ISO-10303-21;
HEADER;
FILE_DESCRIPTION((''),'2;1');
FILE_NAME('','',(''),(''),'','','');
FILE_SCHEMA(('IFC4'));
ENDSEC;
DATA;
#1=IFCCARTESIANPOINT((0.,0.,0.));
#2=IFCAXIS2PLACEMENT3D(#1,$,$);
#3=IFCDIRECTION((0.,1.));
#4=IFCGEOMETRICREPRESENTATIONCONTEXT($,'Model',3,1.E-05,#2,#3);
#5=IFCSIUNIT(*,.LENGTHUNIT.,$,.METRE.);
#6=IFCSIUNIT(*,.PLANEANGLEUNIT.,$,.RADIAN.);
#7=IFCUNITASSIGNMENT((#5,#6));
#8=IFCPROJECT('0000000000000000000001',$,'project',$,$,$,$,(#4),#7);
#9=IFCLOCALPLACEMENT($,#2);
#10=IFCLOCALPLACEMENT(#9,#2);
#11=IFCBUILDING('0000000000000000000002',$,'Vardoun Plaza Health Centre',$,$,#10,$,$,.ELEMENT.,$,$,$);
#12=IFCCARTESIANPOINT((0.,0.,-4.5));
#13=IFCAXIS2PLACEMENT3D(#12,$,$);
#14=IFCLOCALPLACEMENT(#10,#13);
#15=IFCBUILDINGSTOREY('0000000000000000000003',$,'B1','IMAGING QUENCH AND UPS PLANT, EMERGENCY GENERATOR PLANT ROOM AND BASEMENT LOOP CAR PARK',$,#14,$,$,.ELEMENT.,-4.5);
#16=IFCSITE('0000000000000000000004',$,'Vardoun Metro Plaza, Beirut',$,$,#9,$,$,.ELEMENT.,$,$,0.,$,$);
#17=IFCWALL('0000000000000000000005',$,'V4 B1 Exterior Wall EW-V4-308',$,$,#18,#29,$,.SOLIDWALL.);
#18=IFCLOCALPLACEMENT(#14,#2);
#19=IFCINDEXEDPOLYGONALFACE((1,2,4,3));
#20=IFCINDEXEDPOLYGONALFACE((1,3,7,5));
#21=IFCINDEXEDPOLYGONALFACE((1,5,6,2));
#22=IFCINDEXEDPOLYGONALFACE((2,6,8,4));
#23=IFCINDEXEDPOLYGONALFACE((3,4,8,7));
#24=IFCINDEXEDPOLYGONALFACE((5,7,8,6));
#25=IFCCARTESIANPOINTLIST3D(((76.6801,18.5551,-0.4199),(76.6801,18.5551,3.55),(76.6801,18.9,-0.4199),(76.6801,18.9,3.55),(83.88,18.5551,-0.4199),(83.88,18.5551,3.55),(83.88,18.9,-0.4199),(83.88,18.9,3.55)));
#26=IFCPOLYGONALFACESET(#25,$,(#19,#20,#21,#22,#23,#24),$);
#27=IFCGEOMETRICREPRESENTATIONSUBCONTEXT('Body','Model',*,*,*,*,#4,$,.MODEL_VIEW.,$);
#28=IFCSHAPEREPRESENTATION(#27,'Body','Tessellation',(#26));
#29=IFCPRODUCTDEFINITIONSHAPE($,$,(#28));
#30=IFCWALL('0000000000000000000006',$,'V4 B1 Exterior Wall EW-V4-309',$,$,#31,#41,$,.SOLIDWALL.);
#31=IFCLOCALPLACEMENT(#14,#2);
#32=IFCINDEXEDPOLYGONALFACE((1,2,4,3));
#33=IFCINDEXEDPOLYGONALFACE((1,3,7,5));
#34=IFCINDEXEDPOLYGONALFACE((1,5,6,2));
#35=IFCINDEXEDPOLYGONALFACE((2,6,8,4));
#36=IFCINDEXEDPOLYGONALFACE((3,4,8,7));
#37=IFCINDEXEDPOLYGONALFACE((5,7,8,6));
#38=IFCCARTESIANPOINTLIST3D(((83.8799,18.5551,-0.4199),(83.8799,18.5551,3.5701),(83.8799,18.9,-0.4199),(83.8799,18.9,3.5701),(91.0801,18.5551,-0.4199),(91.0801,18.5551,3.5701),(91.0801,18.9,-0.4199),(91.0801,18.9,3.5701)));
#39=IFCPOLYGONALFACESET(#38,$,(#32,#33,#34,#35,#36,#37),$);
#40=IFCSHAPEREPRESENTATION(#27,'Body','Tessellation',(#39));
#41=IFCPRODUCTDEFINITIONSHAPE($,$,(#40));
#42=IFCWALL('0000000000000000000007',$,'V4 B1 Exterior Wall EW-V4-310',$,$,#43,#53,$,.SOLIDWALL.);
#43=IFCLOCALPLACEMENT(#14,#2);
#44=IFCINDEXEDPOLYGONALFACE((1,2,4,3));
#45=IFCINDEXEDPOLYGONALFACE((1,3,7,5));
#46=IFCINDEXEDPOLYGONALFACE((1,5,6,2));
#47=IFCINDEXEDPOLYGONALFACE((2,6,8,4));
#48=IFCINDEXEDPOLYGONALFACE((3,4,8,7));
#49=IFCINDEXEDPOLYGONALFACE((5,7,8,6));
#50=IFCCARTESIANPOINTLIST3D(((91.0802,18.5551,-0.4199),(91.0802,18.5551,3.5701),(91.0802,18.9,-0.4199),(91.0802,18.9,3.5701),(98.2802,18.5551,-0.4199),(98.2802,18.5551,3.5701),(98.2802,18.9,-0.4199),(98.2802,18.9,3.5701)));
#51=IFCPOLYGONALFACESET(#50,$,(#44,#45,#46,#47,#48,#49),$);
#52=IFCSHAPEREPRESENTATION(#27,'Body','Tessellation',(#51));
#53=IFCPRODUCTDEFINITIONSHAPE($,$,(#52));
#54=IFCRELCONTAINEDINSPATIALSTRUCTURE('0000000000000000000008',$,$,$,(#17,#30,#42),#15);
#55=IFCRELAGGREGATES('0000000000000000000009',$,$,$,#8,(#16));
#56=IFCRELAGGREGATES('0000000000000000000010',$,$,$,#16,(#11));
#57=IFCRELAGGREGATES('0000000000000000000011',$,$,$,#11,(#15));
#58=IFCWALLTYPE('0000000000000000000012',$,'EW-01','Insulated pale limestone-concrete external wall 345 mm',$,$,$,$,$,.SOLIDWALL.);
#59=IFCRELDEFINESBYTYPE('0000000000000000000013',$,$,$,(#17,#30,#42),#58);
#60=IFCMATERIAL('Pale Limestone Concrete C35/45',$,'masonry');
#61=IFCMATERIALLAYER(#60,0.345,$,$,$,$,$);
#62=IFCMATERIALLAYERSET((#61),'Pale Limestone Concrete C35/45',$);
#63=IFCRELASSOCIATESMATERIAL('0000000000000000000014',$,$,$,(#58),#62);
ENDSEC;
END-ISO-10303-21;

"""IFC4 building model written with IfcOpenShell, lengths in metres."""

from ifc_helpers import new_model, si_unit, direction, frame, frame_2d, origin, place, context, subcontext, project, spatial, rectangle, extrude, material, layer, layer_set, type_object, element, save


model = new_model("IFC4")

# Units and contexts
model_context = context("Model", 3, precision=1e-05, world=origin(), true_north=direction((0.0, 1.0)))
body_context = subcontext(model_context, "Body", "Model", "MODEL_VIEW")
ifc_project = project(units=[si_unit("LENGTHUNIT", "METRE"), si_unit("PLANEANGLEUNIT", "RADIAN")], contexts=[model_context])

# Site, building, storey
site_placement = place(None, origin())
site = spatial("IfcSite", under=ifc_project, at=site_placement, Name="Vardoun Metro Plaza, Beirut", CompositionType="ELEMENT", RefElevation=0.0)
building_placement = place(site_placement, origin())
building = spatial("IfcBuilding", under=site, at=building_placement, Name="Vardoun Plaza Health Centre", CompositionType="ELEMENT")
storey_placement = place(building_placement, frame((0.0, 0.0, -4.5)))
storey = spatial("IfcBuildingStorey", under=building, at=storey_placement, Name="B1", Description="IMAGING QUENCH AND UPS PLANT, EMERGENCY GENERATOR PLANT ROOM AND BASEMENT LOOP CAR PARK", CompositionType="ELEMENT", Elevation=-4.5)

# Walls
ifc_material_1 = material(Name="Pale Limestone Concrete C35/45", Category="masonry")
ifc_layer_1 = layer(ifc_material_1, 0.345)
ifc_layer_set_1 = layer_set([ifc_layer_1], Name="Pale Limestone Concrete C35/45")
wall_type_1 = type_object("IfcWallType", Name="EW-01", Description="Insulated pale limestone-concrete external wall 345 mm", PredefinedType="SOLIDWALL", material=ifc_layer_set_1)
wall_1_placement = place(storey_placement, frame((76.6799, 18.7275, -0.4199), z_axis=(0.0, 0.0, 1.0), x_axis=(1.0, 0.0, 0.0)))
element("IfcWall", 1, at=wall_1_placement, inside=storey, type_object=wall_type_1, Name="V4 B1 Exterior Wall EW-V4-308", PredefinedType="SOLIDWALL", context=body_context, shape_type="SweptSolid", body=[
    extrude(rectangle(XDim=7.2, YDim=0.345, at=frame_2d((3.6001, 0.0))), origin(), (0.0, 0.0, 1.0), 3.97),
])
wall_2_placement = place(storey_placement, frame((83.8799, 18.7275, -0.4199), z_axis=(0.0, 0.0, 1.0), x_axis=(1.0, 0.0, 0.0)))
element("IfcWall", 2, at=wall_2_placement, inside=storey, type_object=wall_type_1, Name="V4 B1 Exterior Wall EW-V4-309", PredefinedType="SOLIDWALL", context=body_context, shape_type="SweptSolid", body=[
    extrude(rectangle(XDim=7.2002, YDim=0.345, at=frame_2d((3.6001, 0.0))), origin(), (0.0, 0.0, 1.0), 3.99),
])
wall_3_placement = place(storey_placement, frame((91.0801, 18.7275, -0.4199), z_axis=(0.0, 0.0, 1.0), x_axis=(1.0, 0.0, 0.0)))
element("IfcWall", 3, at=wall_3_placement, inside=storey, type_object=wall_type_1, Name="V4 B1 Exterior Wall EW-V4-310", PredefinedType="SOLIDWALL", context=body_context, shape_type="SweptSolid", body=[
    extrude(rectangle(XDim=7.2, YDim=0.345, at=frame_2d((3.6001, 0.0))), origin(), (0.0, 0.0, 1.0), 3.99),
])

save(model, "model.ifc")
